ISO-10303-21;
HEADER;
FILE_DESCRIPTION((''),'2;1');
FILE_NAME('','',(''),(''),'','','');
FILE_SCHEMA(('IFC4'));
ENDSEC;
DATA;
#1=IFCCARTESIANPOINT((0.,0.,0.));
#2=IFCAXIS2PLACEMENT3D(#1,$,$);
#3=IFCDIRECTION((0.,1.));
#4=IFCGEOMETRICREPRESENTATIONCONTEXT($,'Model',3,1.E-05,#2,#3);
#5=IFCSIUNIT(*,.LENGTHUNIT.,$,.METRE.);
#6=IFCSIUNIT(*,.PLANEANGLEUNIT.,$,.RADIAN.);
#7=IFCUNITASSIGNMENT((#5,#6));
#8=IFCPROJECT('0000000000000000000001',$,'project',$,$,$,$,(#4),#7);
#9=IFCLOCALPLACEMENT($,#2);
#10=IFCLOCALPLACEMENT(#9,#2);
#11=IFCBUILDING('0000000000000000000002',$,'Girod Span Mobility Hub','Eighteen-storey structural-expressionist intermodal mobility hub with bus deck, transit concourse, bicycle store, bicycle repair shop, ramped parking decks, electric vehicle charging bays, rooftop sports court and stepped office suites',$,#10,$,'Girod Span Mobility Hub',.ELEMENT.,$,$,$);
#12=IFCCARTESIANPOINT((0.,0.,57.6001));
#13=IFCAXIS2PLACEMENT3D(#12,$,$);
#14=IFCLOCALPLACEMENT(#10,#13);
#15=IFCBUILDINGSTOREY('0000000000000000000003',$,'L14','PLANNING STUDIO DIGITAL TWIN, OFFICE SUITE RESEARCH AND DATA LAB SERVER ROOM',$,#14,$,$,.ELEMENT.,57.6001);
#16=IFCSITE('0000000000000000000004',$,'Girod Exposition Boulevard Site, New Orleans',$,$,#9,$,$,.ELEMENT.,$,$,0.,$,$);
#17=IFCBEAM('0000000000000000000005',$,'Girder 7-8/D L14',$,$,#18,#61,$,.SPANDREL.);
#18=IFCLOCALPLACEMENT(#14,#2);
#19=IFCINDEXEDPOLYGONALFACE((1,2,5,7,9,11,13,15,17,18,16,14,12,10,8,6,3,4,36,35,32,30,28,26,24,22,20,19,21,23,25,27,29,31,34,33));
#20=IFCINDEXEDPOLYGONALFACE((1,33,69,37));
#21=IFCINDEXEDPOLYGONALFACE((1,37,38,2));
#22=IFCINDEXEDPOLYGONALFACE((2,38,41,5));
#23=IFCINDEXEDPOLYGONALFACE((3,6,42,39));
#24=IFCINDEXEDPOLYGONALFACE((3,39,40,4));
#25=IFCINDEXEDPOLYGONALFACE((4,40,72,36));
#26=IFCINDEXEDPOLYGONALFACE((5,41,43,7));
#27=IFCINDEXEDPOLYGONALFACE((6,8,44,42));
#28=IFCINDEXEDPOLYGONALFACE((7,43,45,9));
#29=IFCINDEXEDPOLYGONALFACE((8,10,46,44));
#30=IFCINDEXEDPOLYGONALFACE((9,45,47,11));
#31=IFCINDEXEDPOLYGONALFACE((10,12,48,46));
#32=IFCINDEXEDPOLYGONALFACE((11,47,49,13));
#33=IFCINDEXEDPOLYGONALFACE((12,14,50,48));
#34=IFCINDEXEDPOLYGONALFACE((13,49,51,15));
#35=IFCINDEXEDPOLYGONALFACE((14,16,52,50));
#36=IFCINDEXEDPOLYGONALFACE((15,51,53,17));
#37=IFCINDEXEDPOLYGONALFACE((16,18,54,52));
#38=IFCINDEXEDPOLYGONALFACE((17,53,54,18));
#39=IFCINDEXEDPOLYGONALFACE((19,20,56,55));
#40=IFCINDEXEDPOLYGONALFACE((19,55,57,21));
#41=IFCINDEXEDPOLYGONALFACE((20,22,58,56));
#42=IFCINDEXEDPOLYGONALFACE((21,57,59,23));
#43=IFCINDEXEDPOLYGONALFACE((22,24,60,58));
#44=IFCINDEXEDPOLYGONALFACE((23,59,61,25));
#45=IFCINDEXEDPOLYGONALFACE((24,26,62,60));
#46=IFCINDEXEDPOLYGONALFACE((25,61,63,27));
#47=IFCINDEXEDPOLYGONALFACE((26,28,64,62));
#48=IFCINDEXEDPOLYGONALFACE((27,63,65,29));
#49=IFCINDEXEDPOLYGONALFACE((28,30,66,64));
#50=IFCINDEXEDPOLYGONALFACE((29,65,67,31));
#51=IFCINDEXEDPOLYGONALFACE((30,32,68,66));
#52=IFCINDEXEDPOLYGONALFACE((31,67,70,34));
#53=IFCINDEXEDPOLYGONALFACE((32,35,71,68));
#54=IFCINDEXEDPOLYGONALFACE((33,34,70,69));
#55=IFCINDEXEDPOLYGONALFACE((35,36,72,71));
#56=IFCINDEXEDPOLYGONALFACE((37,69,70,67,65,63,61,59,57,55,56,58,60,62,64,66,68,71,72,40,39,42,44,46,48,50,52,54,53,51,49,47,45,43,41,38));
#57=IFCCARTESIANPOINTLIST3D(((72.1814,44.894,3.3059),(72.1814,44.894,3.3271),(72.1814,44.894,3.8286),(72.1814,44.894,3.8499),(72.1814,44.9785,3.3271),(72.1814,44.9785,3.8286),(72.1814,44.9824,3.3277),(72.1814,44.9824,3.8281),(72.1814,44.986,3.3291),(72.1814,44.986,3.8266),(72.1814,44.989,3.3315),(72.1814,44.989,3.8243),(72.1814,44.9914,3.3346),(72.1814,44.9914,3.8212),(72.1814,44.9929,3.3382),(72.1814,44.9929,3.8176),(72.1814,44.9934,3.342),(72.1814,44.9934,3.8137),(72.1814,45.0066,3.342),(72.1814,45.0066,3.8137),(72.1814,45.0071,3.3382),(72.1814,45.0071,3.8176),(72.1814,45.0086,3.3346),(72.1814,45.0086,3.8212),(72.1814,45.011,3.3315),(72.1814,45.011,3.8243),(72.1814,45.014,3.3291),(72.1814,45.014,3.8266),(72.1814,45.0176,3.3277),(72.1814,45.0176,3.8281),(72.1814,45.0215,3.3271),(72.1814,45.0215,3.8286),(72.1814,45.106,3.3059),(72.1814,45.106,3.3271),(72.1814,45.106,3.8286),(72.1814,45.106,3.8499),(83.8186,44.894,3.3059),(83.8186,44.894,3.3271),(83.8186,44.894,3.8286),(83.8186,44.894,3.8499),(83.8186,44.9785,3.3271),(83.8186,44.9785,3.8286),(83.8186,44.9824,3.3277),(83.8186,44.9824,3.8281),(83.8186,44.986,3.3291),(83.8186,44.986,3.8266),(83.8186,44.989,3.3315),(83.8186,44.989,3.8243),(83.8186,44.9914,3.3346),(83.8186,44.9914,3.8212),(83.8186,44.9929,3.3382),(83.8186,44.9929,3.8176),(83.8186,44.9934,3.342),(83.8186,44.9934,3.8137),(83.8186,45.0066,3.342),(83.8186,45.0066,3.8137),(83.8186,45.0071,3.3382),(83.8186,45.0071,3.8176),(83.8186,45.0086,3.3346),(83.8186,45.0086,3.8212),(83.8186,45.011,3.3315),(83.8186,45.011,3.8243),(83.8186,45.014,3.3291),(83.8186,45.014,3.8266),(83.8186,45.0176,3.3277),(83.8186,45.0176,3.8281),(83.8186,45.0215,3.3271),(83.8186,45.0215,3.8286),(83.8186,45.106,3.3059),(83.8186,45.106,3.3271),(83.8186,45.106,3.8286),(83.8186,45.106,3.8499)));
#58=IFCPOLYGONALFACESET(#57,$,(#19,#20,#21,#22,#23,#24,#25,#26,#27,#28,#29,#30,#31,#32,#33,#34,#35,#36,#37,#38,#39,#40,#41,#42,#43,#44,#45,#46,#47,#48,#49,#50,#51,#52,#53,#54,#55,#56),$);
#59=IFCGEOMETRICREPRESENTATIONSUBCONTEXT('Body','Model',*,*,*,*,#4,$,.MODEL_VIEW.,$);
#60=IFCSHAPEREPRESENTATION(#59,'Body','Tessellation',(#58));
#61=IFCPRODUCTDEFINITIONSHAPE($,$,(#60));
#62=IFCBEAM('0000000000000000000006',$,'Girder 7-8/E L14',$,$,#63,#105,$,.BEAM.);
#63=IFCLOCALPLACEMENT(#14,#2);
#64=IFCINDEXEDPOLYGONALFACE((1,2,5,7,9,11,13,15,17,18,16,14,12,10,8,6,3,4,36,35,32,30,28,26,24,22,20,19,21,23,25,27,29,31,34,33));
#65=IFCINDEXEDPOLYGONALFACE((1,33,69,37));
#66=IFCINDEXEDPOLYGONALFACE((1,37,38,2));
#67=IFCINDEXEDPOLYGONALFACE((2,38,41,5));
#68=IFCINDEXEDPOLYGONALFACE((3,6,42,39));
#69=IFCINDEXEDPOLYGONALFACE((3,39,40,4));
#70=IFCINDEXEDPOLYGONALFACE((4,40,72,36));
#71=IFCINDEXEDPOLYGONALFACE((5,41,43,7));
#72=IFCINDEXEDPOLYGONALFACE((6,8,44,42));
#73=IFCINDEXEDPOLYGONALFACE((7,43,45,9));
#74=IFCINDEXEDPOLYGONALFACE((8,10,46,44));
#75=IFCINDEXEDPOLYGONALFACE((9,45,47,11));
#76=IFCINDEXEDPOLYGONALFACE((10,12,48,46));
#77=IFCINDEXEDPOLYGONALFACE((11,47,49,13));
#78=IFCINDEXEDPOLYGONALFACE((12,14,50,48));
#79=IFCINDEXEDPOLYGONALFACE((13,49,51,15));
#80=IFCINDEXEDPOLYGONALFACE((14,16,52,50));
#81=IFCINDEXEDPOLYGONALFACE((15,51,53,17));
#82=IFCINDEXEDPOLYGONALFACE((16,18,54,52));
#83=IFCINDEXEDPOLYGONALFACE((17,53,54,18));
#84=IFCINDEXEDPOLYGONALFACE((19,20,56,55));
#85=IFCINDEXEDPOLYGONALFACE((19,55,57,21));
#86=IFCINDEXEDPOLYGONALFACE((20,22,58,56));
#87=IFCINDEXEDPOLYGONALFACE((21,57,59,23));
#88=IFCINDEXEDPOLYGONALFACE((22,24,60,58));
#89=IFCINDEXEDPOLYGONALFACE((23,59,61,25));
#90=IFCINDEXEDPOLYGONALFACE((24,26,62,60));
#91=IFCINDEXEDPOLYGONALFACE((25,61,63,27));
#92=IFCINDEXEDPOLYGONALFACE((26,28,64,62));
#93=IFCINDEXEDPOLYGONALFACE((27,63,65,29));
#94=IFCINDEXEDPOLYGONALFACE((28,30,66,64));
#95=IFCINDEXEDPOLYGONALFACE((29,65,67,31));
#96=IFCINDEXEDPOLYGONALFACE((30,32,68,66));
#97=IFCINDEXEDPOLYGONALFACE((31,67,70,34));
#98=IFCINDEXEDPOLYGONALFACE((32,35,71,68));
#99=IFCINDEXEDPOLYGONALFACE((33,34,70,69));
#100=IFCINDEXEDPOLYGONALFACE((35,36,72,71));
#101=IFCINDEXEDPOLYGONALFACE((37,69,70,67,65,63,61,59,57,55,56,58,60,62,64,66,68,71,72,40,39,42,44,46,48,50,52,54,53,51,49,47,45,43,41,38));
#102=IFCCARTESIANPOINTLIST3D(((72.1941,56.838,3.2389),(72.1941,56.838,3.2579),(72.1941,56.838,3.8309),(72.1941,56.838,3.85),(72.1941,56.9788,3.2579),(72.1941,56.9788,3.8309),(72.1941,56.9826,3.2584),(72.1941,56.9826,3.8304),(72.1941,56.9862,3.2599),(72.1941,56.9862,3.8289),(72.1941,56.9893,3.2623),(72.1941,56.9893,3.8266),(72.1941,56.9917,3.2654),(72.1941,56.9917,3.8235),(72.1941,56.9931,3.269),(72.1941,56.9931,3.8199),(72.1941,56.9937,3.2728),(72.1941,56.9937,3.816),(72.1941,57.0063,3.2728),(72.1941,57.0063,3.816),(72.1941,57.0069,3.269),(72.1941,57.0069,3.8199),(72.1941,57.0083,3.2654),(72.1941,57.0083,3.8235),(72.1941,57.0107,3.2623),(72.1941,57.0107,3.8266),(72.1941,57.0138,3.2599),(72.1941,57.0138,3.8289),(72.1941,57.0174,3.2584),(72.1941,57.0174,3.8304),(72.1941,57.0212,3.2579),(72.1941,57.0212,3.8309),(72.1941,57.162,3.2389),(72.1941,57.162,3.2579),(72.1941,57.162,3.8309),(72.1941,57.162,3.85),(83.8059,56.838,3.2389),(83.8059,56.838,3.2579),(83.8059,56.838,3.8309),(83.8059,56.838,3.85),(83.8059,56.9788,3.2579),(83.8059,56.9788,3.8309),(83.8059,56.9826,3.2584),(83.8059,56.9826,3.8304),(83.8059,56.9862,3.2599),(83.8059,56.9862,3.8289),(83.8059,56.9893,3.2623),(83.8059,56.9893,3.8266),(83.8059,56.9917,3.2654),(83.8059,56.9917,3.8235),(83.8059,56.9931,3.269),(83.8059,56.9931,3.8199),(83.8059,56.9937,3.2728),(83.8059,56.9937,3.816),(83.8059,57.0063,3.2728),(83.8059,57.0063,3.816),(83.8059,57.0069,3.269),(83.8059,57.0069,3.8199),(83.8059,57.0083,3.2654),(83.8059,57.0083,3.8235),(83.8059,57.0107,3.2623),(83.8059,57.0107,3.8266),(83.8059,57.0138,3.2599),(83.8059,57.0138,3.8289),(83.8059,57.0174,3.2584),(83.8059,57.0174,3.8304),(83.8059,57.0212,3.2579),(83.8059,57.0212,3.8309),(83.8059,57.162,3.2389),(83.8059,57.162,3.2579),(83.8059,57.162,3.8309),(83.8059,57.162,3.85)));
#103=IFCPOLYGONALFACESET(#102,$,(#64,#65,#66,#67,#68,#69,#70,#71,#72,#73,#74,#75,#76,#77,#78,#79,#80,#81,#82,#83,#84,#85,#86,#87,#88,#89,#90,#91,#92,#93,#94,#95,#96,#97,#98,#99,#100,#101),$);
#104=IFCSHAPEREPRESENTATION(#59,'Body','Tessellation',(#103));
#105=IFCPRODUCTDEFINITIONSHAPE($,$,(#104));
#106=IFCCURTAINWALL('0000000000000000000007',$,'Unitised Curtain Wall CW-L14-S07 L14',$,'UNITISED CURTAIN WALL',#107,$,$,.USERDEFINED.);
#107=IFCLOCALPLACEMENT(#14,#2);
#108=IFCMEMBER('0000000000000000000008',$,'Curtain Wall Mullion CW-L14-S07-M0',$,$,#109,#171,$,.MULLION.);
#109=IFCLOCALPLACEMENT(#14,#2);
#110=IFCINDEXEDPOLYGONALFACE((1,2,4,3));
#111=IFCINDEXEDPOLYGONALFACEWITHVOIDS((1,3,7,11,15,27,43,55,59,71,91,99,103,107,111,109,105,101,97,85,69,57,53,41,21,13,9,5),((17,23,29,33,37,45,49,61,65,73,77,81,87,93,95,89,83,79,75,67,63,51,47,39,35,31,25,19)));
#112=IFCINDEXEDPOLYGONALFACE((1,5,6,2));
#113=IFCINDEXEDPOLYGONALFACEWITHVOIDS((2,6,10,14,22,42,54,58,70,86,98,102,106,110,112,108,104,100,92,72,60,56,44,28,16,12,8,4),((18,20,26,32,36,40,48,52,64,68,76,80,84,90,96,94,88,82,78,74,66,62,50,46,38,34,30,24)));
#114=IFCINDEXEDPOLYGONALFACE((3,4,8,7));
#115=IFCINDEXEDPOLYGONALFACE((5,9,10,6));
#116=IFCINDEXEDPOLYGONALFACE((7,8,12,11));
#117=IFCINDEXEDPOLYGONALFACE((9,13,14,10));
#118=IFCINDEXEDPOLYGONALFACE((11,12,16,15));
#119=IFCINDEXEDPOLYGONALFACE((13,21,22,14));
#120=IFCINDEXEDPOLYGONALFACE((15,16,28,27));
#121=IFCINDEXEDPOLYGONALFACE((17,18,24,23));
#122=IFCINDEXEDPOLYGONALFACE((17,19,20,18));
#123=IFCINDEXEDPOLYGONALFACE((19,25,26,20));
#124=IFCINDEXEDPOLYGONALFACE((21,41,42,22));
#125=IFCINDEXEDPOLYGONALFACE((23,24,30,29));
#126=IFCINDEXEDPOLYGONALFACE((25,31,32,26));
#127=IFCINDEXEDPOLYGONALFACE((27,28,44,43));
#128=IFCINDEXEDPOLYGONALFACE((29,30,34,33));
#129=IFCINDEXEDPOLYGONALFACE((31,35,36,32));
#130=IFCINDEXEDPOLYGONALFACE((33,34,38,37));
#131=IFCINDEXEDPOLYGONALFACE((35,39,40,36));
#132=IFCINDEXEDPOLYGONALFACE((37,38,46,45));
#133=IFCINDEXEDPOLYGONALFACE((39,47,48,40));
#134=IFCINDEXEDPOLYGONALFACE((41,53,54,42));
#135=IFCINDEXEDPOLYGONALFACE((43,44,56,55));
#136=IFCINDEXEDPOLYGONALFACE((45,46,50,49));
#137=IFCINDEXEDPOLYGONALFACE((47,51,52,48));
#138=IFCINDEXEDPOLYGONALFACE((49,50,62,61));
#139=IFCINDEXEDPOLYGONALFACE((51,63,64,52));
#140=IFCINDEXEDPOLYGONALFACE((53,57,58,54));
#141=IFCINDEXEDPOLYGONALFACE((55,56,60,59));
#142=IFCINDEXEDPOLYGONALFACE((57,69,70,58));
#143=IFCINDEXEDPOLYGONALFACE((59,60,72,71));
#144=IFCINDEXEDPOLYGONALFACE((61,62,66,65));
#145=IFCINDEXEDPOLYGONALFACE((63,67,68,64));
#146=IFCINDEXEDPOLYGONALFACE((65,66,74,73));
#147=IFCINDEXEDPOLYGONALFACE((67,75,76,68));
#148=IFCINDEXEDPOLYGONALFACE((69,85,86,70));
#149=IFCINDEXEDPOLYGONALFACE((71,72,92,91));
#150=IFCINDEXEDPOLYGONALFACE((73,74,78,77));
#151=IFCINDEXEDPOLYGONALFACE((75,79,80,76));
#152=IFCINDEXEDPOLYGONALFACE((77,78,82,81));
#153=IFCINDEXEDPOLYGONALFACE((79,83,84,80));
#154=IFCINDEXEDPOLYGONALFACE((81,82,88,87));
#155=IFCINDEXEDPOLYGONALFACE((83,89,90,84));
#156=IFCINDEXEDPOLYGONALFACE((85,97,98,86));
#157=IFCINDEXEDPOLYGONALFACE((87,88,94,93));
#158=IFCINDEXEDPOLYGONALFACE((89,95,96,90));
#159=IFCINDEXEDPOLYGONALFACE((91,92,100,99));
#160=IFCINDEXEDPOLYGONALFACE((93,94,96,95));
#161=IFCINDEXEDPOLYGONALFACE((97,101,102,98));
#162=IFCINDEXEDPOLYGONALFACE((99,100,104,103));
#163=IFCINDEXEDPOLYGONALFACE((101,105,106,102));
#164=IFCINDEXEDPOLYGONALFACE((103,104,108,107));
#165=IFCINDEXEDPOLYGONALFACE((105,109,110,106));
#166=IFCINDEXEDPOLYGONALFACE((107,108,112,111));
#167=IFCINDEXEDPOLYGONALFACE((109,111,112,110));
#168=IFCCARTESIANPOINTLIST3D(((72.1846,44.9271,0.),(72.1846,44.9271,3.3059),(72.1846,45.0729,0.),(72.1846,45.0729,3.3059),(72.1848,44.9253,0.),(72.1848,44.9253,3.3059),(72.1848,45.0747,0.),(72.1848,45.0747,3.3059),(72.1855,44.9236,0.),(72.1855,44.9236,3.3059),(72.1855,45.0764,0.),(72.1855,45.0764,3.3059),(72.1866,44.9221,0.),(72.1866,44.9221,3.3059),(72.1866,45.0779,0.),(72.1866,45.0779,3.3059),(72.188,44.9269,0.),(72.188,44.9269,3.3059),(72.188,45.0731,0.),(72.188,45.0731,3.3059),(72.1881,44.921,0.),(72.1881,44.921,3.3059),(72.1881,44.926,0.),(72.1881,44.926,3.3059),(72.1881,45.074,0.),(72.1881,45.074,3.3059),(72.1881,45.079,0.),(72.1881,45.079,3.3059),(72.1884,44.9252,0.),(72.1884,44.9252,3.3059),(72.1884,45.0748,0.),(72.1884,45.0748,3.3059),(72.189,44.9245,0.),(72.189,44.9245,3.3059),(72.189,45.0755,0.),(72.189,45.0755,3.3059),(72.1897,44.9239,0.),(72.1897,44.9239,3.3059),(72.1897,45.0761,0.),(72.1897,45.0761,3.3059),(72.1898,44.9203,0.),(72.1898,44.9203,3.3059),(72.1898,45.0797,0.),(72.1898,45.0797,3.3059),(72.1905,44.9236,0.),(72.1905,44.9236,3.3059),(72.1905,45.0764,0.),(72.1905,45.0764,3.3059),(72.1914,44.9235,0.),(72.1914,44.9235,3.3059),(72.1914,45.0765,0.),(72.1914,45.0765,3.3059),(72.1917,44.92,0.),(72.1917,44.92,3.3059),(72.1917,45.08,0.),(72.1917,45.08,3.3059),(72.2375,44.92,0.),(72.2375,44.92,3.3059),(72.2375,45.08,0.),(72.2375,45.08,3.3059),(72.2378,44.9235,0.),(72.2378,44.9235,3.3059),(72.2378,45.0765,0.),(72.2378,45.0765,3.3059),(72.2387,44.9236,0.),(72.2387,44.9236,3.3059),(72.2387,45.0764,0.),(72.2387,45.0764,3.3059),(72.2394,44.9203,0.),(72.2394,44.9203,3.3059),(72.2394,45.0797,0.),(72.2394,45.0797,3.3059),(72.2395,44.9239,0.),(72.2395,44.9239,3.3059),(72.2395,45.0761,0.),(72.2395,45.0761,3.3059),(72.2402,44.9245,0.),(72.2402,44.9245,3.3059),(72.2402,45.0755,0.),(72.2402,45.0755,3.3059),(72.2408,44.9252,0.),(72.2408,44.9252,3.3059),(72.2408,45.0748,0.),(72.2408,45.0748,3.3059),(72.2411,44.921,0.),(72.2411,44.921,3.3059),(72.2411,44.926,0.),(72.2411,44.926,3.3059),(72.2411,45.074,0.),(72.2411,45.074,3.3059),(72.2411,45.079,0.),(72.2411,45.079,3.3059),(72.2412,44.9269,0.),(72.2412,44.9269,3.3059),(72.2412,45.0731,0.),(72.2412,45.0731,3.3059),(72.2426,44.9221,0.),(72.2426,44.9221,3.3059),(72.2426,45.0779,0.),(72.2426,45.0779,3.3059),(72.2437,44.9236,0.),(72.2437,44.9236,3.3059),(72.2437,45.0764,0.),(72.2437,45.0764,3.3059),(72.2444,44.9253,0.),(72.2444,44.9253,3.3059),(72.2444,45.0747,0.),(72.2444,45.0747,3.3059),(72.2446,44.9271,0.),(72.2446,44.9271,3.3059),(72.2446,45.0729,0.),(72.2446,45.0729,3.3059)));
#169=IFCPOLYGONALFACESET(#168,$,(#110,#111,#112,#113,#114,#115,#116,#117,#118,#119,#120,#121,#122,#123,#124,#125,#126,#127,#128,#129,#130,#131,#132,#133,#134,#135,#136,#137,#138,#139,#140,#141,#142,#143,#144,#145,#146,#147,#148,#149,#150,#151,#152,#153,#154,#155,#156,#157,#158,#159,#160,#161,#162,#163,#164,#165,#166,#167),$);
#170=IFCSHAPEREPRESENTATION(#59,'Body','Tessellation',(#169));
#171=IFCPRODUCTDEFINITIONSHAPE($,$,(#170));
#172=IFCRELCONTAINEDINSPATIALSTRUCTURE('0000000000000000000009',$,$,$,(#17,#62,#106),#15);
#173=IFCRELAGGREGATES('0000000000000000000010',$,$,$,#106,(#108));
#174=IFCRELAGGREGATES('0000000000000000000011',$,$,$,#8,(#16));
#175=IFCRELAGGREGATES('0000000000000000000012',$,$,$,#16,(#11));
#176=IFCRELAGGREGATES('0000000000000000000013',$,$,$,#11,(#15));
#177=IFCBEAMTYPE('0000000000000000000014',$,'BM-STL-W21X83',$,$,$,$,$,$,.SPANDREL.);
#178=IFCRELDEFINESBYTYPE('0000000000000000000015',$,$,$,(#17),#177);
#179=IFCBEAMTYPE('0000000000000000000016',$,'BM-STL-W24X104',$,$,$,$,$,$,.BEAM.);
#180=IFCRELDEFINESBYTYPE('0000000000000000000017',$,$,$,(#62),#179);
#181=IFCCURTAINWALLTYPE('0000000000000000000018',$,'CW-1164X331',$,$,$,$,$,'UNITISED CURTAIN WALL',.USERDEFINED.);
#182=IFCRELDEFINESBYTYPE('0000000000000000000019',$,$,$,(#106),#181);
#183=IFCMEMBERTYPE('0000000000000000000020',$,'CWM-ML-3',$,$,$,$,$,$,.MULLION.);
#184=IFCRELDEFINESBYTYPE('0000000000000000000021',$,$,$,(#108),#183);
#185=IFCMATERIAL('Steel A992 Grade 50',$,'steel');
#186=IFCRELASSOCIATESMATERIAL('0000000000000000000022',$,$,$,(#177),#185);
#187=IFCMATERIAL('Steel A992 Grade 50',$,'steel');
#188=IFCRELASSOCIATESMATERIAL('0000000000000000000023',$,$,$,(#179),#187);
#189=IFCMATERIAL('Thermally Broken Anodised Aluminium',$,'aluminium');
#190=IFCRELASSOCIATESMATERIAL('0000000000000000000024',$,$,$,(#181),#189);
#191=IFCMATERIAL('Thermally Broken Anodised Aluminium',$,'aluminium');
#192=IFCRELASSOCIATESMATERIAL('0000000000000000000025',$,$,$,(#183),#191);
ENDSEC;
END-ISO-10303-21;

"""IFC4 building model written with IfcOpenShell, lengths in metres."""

from ifc_helpers import new_model, si_unit, direction, frame, origin, origin_2d, place, context, subcontext, project, spatial, hollow_rectangle, i_section, extrude, material, material_profile, profile_set, type_object, element, aggregate, save


model = new_model("IFC4")

# Units and contexts
model_context = context("Model", 3, precision=1e-05, world=origin(), true_north=direction((0.0, 1.0)))
body_context = subcontext(model_context, "Body", "Model", "MODEL_VIEW")
ifc_project = project(units=[si_unit("LENGTHUNIT", "METRE"), si_unit("PLANEANGLEUNIT", "RADIAN")], contexts=[model_context])

# Site, building, storey
site_placement = place(None, origin())
site = spatial("IfcSite", under=ifc_project, at=site_placement, Name="Girod Exposition Boulevard Site, New Orleans", CompositionType="ELEMENT", RefElevation=0.0)
building_placement = place(site_placement, origin())
building = spatial("IfcBuilding", under=site, at=building_placement, Name="Girod Span Mobility Hub", Description="Eighteen-storey structural-expressionist intermodal mobility hub with bus deck, transit concourse, bicycle store, bicycle repair shop, ramped parking decks, electric vehicle charging bays, rooftop sports court and stepped office suites", LongName="Girod Span Mobility Hub", CompositionType="ELEMENT")
storey_placement = place(building_placement, frame((0.0, 0.0, 57.6001)))
storey = spatial("IfcBuildingStorey", under=building, at=storey_placement, Name="L14", Description="PLANNING STUDIO DIGITAL TWIN, OFFICE SUITE RESEARCH AND DATA LAB SERVER ROOM", CompositionType="ELEMENT", Elevation=57.6001)

# Beams
ifc_material_1 = material(Name="Steel A992 Grade 50", Category="steel")
ifc_material_profile_1 = material_profile(ifc_material_1, i_section(OverallWidth=0.2119, OverallDepth=0.5439, WebThickness=0.0132, FlangeThickness=0.0212, FilletRadius=0.0149, at=origin_2d()), Name="W21X83")
ifc_profile_set_1 = profile_set([ifc_material_profile_1], Name="Steel A992 Grade 50")
beam_type_1 = type_object("IfcBeamType", Name="BM-STL-W21X83", PredefinedType="SPANDREL", material=ifc_profile_set_1)
beam_1_placement = place(storey_placement, frame((72.1814, 45.0, 3.5779), z_axis=(1.0, 0.0, 0.0), x_axis=(0.0, 1.0, 0.0)))
element("IfcBeam", 1, at=beam_1_placement, inside=storey, type_object=beam_type_1, Name="Girder 7-8/D L14", PredefinedType="SPANDREL", context=body_context, shape_type="SweptSolid", body=[
    extrude(i_section(OverallWidth=0.2119, OverallDepth=0.5439, WebThickness=0.0132, FlangeThickness=0.0212, FilletRadius=0.0149, at=origin_2d()), origin(), (0.0, 0.0, 1.0), 11.6372),
])
ifc_material_2 = material(Name="Steel A992 Grade 50", Category="steel")
ifc_material_profile_2 = material_profile(ifc_material_2, i_section(OverallWidth=0.324, OverallDepth=0.6111, WebThickness=0.0127, FlangeThickness=0.019, FilletRadius=0.0149, at=origin_2d()), Name="W24X104")
ifc_profile_set_2 = profile_set([ifc_material_profile_2], Name="Steel A992 Grade 50")
beam_type_2 = type_object("IfcBeamType", Name="BM-STL-W24X104", PredefinedType="BEAM", material=ifc_profile_set_2)
beam_2_placement = place(storey_placement, frame((72.1941, 57.0, 3.5444), z_axis=(1.0, 0.0, 0.0), x_axis=(0.0, 1.0, 0.0)))
element("IfcBeam", 2, at=beam_2_placement, inside=storey, type_object=beam_type_2, Name="Girder 7-8/E L14", PredefinedType="BEAM", context=body_context, shape_type="SweptSolid", body=[
    extrude(i_section(OverallWidth=0.324, OverallDepth=0.6111, WebThickness=0.0127, FlangeThickness=0.019, FilletRadius=0.0149, at=origin_2d()), origin(), (0.0, 0.0, 1.0), 11.6118),
])

# Curtain wall, member
ifc_material_3 = material(Name="Thermally Broken Anodised Aluminium", Category="aluminium")
curtain_wall_type = type_object("IfcCurtainWallType", Name="CW-1164X331", ElementType="UNITISED CURTAIN WALL", PredefinedType="USERDEFINED", material=ifc_material_3)
curtain_wall_placement = place(storey_placement, origin())
curtain_wall = element("IfcCurtainWall", 3, at=curtain_wall_placement, inside=storey, type_object=curtain_wall_type, Name="Unitised Curtain Wall CW-L14-S07 L14", ObjectType="UNITISED CURTAIN WALL", PredefinedType="USERDEFINED")
ifc_material_4 = material(Name="Thermally Broken Anodised Aluminium", Category="aluminium")
ifc_material_profile_3 = material_profile(ifc_material_4, hollow_rectangle(XDim=0.1599, YDim=0.0601, WallThickness=0.0034, InnerFilletRadius=0.0034, OuterFilletRadius=0.0071, at=origin_2d()), Name="CW-ML-60X160")
ifc_profile_set_3 = profile_set([ifc_material_profile_3], Name="Thermally Broken Anodised Aluminium")
member_type_1 = type_object("IfcMemberType", Name="CWM-ML-3", PredefinedType="MULLION", material=ifc_profile_set_3)
member_1_placement = place(storey_placement, frame((72.2146, 45.0, 0.0), z_axis=(0.0, 0.0, 1.0), x_axis=(0.0, 1.0, 0.0)))
member_1 = element("IfcMember", 4, at=member_1_placement, type_object=member_type_1, Name="Curtain Wall Mullion CW-L14-S07-M0", PredefinedType="MULLION", context=body_context, shape_type="SweptSolid", body=[
    extrude(hollow_rectangle(XDim=0.1599, YDim=0.0601, WallThickness=0.0034, InnerFilletRadius=0.0034, OuterFilletRadius=0.0071, at=origin_2d()), origin(), (0.0, 0.0, 1.0), 3.3059),
])
aggregate(curtain_wall, [member_1])

save(model, "model.ifc")
